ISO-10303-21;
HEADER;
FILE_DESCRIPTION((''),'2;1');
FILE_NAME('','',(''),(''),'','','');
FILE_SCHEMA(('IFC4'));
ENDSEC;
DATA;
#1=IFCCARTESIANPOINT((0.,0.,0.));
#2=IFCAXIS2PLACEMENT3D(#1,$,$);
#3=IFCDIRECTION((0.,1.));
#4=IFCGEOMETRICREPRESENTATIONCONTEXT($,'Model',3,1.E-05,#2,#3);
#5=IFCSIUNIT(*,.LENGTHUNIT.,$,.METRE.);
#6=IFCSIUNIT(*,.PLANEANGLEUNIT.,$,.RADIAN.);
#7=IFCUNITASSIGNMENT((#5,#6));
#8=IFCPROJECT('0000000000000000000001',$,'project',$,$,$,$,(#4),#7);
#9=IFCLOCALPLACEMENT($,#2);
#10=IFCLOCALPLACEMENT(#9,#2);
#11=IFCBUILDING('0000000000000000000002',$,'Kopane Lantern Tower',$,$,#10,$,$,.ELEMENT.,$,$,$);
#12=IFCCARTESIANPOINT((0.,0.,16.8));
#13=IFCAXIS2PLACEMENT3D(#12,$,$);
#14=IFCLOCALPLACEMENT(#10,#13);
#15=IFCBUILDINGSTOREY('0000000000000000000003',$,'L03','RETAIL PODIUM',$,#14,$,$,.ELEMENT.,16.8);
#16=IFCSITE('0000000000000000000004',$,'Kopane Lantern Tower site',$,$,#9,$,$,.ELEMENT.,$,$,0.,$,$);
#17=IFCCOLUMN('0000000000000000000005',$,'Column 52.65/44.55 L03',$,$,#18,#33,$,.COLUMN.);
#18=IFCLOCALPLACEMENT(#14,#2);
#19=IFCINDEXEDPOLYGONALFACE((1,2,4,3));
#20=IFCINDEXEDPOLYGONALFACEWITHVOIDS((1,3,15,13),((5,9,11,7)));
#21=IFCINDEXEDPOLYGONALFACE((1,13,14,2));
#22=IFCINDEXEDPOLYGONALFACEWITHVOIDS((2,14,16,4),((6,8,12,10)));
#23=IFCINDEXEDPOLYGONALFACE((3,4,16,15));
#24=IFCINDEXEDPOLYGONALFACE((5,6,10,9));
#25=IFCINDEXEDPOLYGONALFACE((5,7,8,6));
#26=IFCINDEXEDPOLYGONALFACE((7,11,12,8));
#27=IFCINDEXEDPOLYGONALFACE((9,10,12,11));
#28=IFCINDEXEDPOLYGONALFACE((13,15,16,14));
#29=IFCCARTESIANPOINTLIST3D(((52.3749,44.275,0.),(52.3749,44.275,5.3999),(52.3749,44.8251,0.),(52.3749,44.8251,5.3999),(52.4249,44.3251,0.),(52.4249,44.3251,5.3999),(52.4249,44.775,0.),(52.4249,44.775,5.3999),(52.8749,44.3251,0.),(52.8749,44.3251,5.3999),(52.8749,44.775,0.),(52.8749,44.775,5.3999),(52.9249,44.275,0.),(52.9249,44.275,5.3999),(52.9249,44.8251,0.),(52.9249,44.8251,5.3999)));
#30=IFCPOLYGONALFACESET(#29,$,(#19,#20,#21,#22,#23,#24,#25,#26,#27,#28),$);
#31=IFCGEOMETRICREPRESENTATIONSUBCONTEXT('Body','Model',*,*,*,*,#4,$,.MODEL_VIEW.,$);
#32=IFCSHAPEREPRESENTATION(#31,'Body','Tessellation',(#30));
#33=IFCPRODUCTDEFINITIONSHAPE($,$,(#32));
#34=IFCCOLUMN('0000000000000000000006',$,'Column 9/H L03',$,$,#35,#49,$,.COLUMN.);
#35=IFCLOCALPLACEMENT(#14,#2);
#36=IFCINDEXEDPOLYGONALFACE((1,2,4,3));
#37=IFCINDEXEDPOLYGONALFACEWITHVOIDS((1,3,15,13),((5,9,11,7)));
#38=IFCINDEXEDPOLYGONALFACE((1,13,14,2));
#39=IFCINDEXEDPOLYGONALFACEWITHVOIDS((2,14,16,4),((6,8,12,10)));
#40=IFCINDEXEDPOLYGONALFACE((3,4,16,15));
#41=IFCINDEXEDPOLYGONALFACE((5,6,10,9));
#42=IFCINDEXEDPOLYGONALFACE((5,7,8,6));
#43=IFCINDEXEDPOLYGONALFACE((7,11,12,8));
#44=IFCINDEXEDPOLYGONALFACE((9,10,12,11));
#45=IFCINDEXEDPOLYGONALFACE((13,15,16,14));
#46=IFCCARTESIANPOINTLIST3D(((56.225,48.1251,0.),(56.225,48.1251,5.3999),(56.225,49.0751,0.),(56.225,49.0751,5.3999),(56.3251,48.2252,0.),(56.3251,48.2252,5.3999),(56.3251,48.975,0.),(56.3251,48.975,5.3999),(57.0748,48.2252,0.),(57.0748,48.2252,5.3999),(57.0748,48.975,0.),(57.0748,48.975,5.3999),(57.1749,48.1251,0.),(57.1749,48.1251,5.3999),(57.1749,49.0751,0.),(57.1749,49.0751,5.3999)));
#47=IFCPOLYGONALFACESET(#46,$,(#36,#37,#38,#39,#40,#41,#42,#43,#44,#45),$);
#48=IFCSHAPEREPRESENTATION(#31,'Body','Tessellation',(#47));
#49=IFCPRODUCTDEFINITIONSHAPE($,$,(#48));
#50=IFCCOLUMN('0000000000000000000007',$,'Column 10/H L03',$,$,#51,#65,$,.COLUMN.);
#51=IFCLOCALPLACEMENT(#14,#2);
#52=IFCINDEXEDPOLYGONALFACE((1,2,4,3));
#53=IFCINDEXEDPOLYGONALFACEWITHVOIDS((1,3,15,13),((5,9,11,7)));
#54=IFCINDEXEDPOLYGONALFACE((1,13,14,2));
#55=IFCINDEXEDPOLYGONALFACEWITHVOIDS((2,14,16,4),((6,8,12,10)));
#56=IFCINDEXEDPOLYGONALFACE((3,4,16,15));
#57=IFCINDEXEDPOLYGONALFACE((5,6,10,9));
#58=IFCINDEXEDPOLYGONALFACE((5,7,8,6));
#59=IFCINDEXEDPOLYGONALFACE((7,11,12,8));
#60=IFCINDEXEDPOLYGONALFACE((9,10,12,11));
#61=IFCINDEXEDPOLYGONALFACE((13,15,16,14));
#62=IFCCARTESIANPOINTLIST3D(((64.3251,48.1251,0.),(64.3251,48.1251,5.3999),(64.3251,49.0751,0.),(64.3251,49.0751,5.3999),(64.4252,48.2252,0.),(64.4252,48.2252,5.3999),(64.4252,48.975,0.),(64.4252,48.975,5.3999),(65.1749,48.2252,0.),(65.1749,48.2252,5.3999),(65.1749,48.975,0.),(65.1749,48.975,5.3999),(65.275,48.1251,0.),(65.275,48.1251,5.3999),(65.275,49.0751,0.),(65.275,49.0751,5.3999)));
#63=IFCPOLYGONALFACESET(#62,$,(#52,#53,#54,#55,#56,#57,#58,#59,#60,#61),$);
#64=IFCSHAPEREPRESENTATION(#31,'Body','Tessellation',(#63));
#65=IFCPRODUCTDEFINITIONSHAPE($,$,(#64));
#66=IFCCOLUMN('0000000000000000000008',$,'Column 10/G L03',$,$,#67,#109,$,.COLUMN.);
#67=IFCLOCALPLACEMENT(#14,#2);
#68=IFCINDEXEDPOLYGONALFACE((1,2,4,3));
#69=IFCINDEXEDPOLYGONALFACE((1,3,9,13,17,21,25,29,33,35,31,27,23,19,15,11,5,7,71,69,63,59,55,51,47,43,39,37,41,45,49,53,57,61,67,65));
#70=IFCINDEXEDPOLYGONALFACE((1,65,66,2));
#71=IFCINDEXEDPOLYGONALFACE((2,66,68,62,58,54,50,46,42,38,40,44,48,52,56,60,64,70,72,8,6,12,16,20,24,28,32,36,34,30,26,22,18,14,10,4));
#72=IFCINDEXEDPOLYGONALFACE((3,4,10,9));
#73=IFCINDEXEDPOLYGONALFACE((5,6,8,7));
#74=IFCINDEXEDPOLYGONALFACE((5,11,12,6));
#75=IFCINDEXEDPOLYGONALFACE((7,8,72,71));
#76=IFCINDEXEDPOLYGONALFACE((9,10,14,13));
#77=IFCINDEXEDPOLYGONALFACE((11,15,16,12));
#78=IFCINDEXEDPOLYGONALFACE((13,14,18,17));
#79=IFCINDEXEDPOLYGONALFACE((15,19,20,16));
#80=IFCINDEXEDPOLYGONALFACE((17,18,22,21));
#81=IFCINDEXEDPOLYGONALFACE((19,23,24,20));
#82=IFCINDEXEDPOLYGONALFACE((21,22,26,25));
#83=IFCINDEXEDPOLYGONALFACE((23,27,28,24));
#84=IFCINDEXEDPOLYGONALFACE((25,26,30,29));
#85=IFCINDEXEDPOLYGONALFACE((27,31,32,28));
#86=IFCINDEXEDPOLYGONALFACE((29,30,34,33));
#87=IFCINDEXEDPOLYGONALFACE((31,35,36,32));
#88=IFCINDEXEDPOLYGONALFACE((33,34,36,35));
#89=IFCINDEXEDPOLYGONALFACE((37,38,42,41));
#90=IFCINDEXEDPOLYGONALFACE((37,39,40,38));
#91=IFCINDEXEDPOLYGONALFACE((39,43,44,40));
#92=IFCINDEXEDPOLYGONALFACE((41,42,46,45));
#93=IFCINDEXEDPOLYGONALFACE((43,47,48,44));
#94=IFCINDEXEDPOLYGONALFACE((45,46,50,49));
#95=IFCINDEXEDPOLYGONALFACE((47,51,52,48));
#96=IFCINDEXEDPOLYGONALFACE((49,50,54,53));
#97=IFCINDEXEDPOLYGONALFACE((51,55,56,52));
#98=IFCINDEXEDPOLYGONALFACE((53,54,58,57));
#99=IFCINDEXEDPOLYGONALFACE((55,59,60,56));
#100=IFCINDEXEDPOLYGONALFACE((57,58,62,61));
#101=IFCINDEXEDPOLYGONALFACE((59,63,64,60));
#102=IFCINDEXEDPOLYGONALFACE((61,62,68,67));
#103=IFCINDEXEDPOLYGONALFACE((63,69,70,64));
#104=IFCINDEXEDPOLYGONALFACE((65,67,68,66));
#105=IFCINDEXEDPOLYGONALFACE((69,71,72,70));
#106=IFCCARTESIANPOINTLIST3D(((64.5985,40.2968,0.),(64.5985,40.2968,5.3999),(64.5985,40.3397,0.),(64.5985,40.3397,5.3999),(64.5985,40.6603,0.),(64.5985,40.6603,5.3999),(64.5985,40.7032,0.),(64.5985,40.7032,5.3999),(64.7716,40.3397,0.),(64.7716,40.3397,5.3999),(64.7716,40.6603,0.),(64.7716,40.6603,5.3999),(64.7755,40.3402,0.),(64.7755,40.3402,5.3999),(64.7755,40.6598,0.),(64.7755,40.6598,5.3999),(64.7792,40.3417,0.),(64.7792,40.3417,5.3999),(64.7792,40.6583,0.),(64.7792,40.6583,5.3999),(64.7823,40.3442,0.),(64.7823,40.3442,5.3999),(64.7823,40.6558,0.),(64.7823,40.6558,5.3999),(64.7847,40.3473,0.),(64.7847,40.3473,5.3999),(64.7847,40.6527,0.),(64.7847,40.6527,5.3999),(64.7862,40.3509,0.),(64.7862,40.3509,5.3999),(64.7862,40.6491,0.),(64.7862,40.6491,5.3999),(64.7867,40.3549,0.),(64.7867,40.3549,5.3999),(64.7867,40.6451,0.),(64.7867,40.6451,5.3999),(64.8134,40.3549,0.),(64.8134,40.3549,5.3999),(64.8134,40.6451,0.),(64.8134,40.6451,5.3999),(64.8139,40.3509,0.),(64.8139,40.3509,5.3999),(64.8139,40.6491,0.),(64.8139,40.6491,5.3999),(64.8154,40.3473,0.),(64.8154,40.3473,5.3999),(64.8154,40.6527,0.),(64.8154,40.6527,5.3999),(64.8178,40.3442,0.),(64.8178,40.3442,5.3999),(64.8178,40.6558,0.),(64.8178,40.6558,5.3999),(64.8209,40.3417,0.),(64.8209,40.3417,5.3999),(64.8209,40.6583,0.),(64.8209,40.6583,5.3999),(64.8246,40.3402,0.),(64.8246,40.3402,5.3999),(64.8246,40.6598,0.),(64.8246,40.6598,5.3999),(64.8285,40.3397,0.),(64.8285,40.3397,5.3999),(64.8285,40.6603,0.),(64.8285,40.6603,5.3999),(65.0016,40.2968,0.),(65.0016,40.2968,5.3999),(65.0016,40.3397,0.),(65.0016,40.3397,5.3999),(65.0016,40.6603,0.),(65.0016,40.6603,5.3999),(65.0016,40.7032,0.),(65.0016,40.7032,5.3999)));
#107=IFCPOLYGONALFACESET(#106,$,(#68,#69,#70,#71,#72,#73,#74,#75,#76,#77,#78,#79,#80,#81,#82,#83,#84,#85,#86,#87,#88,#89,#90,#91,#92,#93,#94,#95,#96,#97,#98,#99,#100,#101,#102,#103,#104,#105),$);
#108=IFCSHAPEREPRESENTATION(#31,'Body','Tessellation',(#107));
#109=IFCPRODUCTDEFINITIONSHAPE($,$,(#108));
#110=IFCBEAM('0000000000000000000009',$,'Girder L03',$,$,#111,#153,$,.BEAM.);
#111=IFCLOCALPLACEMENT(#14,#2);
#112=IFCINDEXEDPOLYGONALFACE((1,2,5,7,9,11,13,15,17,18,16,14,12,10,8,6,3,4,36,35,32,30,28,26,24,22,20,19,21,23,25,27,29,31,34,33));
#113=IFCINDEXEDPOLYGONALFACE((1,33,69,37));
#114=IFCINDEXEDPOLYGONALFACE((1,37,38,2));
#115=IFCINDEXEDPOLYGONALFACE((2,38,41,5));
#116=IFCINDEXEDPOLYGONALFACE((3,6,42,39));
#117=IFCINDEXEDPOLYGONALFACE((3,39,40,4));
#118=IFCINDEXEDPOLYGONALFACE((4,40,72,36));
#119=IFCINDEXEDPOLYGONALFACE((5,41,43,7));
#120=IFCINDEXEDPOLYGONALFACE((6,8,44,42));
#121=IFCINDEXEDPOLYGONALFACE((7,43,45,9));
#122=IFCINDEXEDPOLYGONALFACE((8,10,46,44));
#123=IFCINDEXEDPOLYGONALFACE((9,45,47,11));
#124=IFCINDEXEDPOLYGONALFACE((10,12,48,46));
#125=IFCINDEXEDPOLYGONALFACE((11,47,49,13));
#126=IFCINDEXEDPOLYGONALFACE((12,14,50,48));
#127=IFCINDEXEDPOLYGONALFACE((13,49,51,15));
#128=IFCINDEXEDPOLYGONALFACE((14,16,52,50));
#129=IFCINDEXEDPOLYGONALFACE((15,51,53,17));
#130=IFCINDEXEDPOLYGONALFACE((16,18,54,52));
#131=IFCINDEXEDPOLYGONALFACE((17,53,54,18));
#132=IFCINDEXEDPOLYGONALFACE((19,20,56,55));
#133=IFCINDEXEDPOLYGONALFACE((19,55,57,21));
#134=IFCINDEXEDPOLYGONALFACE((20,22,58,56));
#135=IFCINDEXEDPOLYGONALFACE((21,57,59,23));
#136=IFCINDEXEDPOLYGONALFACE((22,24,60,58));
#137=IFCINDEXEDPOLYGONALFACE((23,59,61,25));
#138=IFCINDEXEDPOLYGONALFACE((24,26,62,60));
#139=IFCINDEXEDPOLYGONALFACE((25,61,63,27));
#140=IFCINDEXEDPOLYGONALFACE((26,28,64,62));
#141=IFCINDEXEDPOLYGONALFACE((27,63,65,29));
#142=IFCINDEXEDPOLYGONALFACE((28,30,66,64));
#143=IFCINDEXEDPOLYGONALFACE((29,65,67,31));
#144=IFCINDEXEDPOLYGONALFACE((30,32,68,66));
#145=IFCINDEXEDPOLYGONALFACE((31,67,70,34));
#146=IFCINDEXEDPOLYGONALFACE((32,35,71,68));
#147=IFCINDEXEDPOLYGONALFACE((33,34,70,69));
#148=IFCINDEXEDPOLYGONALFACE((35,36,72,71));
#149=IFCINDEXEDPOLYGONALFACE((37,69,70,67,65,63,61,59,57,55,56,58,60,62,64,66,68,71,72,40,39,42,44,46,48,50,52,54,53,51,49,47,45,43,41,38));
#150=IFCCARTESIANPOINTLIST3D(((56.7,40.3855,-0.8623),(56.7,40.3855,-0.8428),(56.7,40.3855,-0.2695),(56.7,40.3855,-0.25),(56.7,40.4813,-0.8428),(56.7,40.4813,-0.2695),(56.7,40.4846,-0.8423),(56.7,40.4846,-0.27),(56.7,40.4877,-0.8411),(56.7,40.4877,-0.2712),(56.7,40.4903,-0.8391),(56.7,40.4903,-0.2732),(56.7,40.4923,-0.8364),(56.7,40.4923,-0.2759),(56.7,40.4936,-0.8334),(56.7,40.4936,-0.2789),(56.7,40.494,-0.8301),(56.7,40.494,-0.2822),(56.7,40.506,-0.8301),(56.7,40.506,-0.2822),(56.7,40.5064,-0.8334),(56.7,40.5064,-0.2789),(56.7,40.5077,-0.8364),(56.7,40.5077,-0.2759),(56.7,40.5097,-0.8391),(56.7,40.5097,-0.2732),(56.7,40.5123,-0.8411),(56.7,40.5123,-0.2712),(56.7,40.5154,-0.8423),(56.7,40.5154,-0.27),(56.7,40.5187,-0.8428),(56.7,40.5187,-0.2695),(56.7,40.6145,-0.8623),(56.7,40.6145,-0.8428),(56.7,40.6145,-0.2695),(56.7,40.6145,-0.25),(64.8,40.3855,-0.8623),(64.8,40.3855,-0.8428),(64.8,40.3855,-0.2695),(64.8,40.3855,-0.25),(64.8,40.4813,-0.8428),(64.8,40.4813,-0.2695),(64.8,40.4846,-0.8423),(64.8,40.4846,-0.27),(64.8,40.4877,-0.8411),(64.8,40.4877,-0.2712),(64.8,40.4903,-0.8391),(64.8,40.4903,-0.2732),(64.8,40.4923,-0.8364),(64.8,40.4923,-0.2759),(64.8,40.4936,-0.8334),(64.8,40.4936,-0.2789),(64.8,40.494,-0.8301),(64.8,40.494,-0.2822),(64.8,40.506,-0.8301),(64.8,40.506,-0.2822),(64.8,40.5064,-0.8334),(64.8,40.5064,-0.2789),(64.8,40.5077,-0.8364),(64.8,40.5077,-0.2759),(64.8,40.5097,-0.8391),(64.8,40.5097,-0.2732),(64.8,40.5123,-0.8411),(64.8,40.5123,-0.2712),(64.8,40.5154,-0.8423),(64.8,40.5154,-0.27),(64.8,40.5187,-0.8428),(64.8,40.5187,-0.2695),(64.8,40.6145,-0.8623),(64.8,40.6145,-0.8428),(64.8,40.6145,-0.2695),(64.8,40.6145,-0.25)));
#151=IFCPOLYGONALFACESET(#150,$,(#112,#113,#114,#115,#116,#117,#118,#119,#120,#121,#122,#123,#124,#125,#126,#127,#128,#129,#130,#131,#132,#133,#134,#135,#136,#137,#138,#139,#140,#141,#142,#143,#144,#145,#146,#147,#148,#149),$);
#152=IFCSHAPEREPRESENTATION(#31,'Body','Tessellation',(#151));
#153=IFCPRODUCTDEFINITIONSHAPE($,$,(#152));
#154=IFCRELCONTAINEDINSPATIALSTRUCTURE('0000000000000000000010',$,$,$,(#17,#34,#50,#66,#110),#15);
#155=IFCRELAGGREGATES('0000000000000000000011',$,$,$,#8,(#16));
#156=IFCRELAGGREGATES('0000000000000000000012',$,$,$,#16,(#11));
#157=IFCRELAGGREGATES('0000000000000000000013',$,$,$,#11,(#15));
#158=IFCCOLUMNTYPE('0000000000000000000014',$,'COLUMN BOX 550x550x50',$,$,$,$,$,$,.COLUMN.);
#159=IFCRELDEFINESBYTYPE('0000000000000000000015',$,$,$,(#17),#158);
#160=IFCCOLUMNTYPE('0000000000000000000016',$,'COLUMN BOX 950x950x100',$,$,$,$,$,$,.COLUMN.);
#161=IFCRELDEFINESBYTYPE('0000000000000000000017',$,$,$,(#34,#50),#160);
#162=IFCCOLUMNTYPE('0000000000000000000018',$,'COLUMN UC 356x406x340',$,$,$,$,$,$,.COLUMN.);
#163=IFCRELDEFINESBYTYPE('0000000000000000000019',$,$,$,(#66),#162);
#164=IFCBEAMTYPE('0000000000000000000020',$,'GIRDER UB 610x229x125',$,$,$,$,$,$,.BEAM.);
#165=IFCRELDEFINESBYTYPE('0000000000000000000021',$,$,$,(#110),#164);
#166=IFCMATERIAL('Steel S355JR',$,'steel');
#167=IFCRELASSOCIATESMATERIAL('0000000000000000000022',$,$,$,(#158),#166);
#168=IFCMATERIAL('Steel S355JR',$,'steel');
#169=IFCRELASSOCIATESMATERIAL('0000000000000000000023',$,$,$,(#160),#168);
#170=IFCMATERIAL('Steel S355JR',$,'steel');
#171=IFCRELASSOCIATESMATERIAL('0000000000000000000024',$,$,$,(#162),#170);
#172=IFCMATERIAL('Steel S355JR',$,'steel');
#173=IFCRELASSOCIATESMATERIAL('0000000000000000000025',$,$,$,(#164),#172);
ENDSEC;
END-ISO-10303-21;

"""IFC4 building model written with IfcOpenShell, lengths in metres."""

from ifc_helpers import new_model, si_unit, direction, frame, origin, origin_2d, place, context, subcontext, project, spatial, hollow_rectangle, i_section, extrude, material, material_profile, profile_set, type_object, element, save


model = new_model("IFC4")

# Units and contexts
model_context = context("Model", 3, precision=1e-05, world=origin(), true_north=direction((0.0, 1.0)))
body_context = subcontext(model_context, "Body", "Model", "MODEL_VIEW")
ifc_project = project(units=[si_unit("LENGTHUNIT", "METRE"), si_unit("PLANEANGLEUNIT", "RADIAN")], contexts=[model_context])

# Site, building, storey
site_placement = place(None, origin())
site = spatial("IfcSite", under=ifc_project, at=site_placement, Name="Kopane Lantern Tower site", CompositionType="ELEMENT", RefElevation=0.0)
building_placement = place(site_placement, origin())
building = spatial("IfcBuilding", under=site, at=building_placement, Name="Kopane Lantern Tower", CompositionType="ELEMENT")
storey_placement = place(building_placement, frame((0.0, 0.0, 16.8)))
storey = spatial("IfcBuildingStorey", under=building, at=storey_placement, Name="L03", Description="RETAIL PODIUM", CompositionType="ELEMENT", Elevation=16.8)

# Columns
ifc_material_1 = material(Name="Steel S355JR", Category="steel")
ifc_material_profile_1 = material_profile(ifc_material_1, hollow_rectangle(XDim=0.55, YDim=0.55, WallThickness=0.05, at=origin_2d()), Name="BOX 550x550x50")
ifc_profile_set_1 = profile_set([ifc_material_profile_1], Name="Steel S355JR")
column_type_1 = type_object("IfcColumnType", Name="COLUMN BOX 550x550x50", PredefinedType="COLUMN", material=ifc_profile_set_1)
column_1_placement = place(storey_placement, frame((52.6499, 44.55, 0.0), z_axis=(0.0, 0.0, 1.0), x_axis=(1.0, 0.0, 0.0)))
element("IfcColumn", 1, at=column_1_placement, inside=storey, type_object=column_type_1, Name="Column 52.65/44.55 L03", PredefinedType="COLUMN", context=body_context, shape_type="SweptSolid", body=[
    extrude(hollow_rectangle(XDim=0.55, YDim=0.55, WallThickness=0.05, at=origin_2d()), origin(), (0.0, 0.0, 1.0), 5.3999),
])
ifc_material_2 = material(Name="Steel S355JR", Category="steel")
ifc_material_profile_2 = material_profile(ifc_material_2, hollow_rectangle(XDim=0.95, YDim=0.95, WallThickness=0.1001, at=origin_2d()), Name="BOX 950x950x100")
ifc_profile_set_2 = profile_set([ifc_material_profile_2], Name="Steel S355JR")
column_type_2 = type_object("IfcColumnType", Name="COLUMN BOX 950x950x100", PredefinedType="COLUMN", material=ifc_profile_set_2)
for number, where, z_axis, x_axis, name in (
    (2, (56.7, 48.6001, 0.0), (0.0, 0.0, 1.0), (1.0, 0.0, 0.0), "Column 9/H L03"),
    (3, (64.8, 48.6001, 0.0), (0.0, 0.0, 1.0), (1.0, 0.0, 0.0), "Column 10/H L03"),
):
    element("IfcColumn", number, at=place(storey_placement, frame(where, z_axis=z_axis, x_axis=x_axis)), inside=storey, type_object=column_type_2, Name=name, PredefinedType="COLUMN", context=body_context, shape_type="SweptSolid", body=[
        extrude(hollow_rectangle(XDim=0.95, YDim=0.95, WallThickness=0.1001, at=origin_2d()), origin(), (0.0, 0.0, 1.0), 5.3999),
    ])
ifc_material_3 = material(Name="Steel S355JR", Category="steel")
ifc_material_profile_3 = material_profile(ifc_material_3, i_section(OverallWidth=0.4031, OverallDepth=0.4065, WebThickness=0.0266, FlangeThickness=0.043, FilletRadius=0.0151, at=origin_2d()), Name="UC 356x406x340")
ifc_profile_set_3 = profile_set([ifc_material_profile_3], Name="Steel S355JR")
column_type_3 = type_object("IfcColumnType", Name="COLUMN UC 356x406x340", PredefinedType="COLUMN", material=ifc_profile_set_3)
column_2_placement = place(storey_placement, frame((64.8, 40.5, 0.0), z_axis=(0.0, 0.0, 1.0), x_axis=(1.0, 0.0, 0.0)))
element("IfcColumn", 4, at=column_2_placement, inside=storey, type_object=column_type_3, Name="Column 10/G L03", PredefinedType="COLUMN", context=body_context, shape_type="SweptSolid", body=[
    extrude(i_section(OverallWidth=0.4031, OverallDepth=0.4065, WebThickness=0.0266, FlangeThickness=0.043, FilletRadius=0.0151, at=origin_2d()), origin(), (0.0, 0.0, 1.0), 5.3999),
])

# Beam
ifc_material_4 = material(Name="Steel S355JR", Category="steel")
ifc_material_profile_4 = material_profile(ifc_material_4, i_section(OverallWidth=0.229, OverallDepth=0.6123, WebThickness=0.012, FlangeThickness=0.0195, FilletRadius=0.0127, at=origin_2d()), Name="UB 610x229x125")
ifc_profile_set_4 = profile_set([ifc_material_profile_4], Name="Steel S355JR")
beam_type = type_object("IfcBeamType", Name="GIRDER UB 610x229x125", PredefinedType="BEAM", material=ifc_profile_set_4)
for number, where, z_axis, x_axis, name in (
    (5, (56.7, 40.5, -0.5562), (1.0, 0.0, 0.0), (0.0, 1.0, 0.0), "Girder L03"),
):
    element("IfcBeam", number, at=place(storey_placement, frame(where, z_axis=z_axis, x_axis=x_axis)), inside=storey, type_object=beam_type, Name=name, PredefinedType="BEAM", context=body_context, shape_type="SweptSolid", body=[
        extrude(i_section(OverallWidth=0.229, OverallDepth=0.6123, WebThickness=0.012, FlangeThickness=0.0195, FilletRadius=0.0127, at=origin_2d()), origin(), (0.0, 0.0, 1.0), 8.1001),
    ])

save(model, "model.ifc")
